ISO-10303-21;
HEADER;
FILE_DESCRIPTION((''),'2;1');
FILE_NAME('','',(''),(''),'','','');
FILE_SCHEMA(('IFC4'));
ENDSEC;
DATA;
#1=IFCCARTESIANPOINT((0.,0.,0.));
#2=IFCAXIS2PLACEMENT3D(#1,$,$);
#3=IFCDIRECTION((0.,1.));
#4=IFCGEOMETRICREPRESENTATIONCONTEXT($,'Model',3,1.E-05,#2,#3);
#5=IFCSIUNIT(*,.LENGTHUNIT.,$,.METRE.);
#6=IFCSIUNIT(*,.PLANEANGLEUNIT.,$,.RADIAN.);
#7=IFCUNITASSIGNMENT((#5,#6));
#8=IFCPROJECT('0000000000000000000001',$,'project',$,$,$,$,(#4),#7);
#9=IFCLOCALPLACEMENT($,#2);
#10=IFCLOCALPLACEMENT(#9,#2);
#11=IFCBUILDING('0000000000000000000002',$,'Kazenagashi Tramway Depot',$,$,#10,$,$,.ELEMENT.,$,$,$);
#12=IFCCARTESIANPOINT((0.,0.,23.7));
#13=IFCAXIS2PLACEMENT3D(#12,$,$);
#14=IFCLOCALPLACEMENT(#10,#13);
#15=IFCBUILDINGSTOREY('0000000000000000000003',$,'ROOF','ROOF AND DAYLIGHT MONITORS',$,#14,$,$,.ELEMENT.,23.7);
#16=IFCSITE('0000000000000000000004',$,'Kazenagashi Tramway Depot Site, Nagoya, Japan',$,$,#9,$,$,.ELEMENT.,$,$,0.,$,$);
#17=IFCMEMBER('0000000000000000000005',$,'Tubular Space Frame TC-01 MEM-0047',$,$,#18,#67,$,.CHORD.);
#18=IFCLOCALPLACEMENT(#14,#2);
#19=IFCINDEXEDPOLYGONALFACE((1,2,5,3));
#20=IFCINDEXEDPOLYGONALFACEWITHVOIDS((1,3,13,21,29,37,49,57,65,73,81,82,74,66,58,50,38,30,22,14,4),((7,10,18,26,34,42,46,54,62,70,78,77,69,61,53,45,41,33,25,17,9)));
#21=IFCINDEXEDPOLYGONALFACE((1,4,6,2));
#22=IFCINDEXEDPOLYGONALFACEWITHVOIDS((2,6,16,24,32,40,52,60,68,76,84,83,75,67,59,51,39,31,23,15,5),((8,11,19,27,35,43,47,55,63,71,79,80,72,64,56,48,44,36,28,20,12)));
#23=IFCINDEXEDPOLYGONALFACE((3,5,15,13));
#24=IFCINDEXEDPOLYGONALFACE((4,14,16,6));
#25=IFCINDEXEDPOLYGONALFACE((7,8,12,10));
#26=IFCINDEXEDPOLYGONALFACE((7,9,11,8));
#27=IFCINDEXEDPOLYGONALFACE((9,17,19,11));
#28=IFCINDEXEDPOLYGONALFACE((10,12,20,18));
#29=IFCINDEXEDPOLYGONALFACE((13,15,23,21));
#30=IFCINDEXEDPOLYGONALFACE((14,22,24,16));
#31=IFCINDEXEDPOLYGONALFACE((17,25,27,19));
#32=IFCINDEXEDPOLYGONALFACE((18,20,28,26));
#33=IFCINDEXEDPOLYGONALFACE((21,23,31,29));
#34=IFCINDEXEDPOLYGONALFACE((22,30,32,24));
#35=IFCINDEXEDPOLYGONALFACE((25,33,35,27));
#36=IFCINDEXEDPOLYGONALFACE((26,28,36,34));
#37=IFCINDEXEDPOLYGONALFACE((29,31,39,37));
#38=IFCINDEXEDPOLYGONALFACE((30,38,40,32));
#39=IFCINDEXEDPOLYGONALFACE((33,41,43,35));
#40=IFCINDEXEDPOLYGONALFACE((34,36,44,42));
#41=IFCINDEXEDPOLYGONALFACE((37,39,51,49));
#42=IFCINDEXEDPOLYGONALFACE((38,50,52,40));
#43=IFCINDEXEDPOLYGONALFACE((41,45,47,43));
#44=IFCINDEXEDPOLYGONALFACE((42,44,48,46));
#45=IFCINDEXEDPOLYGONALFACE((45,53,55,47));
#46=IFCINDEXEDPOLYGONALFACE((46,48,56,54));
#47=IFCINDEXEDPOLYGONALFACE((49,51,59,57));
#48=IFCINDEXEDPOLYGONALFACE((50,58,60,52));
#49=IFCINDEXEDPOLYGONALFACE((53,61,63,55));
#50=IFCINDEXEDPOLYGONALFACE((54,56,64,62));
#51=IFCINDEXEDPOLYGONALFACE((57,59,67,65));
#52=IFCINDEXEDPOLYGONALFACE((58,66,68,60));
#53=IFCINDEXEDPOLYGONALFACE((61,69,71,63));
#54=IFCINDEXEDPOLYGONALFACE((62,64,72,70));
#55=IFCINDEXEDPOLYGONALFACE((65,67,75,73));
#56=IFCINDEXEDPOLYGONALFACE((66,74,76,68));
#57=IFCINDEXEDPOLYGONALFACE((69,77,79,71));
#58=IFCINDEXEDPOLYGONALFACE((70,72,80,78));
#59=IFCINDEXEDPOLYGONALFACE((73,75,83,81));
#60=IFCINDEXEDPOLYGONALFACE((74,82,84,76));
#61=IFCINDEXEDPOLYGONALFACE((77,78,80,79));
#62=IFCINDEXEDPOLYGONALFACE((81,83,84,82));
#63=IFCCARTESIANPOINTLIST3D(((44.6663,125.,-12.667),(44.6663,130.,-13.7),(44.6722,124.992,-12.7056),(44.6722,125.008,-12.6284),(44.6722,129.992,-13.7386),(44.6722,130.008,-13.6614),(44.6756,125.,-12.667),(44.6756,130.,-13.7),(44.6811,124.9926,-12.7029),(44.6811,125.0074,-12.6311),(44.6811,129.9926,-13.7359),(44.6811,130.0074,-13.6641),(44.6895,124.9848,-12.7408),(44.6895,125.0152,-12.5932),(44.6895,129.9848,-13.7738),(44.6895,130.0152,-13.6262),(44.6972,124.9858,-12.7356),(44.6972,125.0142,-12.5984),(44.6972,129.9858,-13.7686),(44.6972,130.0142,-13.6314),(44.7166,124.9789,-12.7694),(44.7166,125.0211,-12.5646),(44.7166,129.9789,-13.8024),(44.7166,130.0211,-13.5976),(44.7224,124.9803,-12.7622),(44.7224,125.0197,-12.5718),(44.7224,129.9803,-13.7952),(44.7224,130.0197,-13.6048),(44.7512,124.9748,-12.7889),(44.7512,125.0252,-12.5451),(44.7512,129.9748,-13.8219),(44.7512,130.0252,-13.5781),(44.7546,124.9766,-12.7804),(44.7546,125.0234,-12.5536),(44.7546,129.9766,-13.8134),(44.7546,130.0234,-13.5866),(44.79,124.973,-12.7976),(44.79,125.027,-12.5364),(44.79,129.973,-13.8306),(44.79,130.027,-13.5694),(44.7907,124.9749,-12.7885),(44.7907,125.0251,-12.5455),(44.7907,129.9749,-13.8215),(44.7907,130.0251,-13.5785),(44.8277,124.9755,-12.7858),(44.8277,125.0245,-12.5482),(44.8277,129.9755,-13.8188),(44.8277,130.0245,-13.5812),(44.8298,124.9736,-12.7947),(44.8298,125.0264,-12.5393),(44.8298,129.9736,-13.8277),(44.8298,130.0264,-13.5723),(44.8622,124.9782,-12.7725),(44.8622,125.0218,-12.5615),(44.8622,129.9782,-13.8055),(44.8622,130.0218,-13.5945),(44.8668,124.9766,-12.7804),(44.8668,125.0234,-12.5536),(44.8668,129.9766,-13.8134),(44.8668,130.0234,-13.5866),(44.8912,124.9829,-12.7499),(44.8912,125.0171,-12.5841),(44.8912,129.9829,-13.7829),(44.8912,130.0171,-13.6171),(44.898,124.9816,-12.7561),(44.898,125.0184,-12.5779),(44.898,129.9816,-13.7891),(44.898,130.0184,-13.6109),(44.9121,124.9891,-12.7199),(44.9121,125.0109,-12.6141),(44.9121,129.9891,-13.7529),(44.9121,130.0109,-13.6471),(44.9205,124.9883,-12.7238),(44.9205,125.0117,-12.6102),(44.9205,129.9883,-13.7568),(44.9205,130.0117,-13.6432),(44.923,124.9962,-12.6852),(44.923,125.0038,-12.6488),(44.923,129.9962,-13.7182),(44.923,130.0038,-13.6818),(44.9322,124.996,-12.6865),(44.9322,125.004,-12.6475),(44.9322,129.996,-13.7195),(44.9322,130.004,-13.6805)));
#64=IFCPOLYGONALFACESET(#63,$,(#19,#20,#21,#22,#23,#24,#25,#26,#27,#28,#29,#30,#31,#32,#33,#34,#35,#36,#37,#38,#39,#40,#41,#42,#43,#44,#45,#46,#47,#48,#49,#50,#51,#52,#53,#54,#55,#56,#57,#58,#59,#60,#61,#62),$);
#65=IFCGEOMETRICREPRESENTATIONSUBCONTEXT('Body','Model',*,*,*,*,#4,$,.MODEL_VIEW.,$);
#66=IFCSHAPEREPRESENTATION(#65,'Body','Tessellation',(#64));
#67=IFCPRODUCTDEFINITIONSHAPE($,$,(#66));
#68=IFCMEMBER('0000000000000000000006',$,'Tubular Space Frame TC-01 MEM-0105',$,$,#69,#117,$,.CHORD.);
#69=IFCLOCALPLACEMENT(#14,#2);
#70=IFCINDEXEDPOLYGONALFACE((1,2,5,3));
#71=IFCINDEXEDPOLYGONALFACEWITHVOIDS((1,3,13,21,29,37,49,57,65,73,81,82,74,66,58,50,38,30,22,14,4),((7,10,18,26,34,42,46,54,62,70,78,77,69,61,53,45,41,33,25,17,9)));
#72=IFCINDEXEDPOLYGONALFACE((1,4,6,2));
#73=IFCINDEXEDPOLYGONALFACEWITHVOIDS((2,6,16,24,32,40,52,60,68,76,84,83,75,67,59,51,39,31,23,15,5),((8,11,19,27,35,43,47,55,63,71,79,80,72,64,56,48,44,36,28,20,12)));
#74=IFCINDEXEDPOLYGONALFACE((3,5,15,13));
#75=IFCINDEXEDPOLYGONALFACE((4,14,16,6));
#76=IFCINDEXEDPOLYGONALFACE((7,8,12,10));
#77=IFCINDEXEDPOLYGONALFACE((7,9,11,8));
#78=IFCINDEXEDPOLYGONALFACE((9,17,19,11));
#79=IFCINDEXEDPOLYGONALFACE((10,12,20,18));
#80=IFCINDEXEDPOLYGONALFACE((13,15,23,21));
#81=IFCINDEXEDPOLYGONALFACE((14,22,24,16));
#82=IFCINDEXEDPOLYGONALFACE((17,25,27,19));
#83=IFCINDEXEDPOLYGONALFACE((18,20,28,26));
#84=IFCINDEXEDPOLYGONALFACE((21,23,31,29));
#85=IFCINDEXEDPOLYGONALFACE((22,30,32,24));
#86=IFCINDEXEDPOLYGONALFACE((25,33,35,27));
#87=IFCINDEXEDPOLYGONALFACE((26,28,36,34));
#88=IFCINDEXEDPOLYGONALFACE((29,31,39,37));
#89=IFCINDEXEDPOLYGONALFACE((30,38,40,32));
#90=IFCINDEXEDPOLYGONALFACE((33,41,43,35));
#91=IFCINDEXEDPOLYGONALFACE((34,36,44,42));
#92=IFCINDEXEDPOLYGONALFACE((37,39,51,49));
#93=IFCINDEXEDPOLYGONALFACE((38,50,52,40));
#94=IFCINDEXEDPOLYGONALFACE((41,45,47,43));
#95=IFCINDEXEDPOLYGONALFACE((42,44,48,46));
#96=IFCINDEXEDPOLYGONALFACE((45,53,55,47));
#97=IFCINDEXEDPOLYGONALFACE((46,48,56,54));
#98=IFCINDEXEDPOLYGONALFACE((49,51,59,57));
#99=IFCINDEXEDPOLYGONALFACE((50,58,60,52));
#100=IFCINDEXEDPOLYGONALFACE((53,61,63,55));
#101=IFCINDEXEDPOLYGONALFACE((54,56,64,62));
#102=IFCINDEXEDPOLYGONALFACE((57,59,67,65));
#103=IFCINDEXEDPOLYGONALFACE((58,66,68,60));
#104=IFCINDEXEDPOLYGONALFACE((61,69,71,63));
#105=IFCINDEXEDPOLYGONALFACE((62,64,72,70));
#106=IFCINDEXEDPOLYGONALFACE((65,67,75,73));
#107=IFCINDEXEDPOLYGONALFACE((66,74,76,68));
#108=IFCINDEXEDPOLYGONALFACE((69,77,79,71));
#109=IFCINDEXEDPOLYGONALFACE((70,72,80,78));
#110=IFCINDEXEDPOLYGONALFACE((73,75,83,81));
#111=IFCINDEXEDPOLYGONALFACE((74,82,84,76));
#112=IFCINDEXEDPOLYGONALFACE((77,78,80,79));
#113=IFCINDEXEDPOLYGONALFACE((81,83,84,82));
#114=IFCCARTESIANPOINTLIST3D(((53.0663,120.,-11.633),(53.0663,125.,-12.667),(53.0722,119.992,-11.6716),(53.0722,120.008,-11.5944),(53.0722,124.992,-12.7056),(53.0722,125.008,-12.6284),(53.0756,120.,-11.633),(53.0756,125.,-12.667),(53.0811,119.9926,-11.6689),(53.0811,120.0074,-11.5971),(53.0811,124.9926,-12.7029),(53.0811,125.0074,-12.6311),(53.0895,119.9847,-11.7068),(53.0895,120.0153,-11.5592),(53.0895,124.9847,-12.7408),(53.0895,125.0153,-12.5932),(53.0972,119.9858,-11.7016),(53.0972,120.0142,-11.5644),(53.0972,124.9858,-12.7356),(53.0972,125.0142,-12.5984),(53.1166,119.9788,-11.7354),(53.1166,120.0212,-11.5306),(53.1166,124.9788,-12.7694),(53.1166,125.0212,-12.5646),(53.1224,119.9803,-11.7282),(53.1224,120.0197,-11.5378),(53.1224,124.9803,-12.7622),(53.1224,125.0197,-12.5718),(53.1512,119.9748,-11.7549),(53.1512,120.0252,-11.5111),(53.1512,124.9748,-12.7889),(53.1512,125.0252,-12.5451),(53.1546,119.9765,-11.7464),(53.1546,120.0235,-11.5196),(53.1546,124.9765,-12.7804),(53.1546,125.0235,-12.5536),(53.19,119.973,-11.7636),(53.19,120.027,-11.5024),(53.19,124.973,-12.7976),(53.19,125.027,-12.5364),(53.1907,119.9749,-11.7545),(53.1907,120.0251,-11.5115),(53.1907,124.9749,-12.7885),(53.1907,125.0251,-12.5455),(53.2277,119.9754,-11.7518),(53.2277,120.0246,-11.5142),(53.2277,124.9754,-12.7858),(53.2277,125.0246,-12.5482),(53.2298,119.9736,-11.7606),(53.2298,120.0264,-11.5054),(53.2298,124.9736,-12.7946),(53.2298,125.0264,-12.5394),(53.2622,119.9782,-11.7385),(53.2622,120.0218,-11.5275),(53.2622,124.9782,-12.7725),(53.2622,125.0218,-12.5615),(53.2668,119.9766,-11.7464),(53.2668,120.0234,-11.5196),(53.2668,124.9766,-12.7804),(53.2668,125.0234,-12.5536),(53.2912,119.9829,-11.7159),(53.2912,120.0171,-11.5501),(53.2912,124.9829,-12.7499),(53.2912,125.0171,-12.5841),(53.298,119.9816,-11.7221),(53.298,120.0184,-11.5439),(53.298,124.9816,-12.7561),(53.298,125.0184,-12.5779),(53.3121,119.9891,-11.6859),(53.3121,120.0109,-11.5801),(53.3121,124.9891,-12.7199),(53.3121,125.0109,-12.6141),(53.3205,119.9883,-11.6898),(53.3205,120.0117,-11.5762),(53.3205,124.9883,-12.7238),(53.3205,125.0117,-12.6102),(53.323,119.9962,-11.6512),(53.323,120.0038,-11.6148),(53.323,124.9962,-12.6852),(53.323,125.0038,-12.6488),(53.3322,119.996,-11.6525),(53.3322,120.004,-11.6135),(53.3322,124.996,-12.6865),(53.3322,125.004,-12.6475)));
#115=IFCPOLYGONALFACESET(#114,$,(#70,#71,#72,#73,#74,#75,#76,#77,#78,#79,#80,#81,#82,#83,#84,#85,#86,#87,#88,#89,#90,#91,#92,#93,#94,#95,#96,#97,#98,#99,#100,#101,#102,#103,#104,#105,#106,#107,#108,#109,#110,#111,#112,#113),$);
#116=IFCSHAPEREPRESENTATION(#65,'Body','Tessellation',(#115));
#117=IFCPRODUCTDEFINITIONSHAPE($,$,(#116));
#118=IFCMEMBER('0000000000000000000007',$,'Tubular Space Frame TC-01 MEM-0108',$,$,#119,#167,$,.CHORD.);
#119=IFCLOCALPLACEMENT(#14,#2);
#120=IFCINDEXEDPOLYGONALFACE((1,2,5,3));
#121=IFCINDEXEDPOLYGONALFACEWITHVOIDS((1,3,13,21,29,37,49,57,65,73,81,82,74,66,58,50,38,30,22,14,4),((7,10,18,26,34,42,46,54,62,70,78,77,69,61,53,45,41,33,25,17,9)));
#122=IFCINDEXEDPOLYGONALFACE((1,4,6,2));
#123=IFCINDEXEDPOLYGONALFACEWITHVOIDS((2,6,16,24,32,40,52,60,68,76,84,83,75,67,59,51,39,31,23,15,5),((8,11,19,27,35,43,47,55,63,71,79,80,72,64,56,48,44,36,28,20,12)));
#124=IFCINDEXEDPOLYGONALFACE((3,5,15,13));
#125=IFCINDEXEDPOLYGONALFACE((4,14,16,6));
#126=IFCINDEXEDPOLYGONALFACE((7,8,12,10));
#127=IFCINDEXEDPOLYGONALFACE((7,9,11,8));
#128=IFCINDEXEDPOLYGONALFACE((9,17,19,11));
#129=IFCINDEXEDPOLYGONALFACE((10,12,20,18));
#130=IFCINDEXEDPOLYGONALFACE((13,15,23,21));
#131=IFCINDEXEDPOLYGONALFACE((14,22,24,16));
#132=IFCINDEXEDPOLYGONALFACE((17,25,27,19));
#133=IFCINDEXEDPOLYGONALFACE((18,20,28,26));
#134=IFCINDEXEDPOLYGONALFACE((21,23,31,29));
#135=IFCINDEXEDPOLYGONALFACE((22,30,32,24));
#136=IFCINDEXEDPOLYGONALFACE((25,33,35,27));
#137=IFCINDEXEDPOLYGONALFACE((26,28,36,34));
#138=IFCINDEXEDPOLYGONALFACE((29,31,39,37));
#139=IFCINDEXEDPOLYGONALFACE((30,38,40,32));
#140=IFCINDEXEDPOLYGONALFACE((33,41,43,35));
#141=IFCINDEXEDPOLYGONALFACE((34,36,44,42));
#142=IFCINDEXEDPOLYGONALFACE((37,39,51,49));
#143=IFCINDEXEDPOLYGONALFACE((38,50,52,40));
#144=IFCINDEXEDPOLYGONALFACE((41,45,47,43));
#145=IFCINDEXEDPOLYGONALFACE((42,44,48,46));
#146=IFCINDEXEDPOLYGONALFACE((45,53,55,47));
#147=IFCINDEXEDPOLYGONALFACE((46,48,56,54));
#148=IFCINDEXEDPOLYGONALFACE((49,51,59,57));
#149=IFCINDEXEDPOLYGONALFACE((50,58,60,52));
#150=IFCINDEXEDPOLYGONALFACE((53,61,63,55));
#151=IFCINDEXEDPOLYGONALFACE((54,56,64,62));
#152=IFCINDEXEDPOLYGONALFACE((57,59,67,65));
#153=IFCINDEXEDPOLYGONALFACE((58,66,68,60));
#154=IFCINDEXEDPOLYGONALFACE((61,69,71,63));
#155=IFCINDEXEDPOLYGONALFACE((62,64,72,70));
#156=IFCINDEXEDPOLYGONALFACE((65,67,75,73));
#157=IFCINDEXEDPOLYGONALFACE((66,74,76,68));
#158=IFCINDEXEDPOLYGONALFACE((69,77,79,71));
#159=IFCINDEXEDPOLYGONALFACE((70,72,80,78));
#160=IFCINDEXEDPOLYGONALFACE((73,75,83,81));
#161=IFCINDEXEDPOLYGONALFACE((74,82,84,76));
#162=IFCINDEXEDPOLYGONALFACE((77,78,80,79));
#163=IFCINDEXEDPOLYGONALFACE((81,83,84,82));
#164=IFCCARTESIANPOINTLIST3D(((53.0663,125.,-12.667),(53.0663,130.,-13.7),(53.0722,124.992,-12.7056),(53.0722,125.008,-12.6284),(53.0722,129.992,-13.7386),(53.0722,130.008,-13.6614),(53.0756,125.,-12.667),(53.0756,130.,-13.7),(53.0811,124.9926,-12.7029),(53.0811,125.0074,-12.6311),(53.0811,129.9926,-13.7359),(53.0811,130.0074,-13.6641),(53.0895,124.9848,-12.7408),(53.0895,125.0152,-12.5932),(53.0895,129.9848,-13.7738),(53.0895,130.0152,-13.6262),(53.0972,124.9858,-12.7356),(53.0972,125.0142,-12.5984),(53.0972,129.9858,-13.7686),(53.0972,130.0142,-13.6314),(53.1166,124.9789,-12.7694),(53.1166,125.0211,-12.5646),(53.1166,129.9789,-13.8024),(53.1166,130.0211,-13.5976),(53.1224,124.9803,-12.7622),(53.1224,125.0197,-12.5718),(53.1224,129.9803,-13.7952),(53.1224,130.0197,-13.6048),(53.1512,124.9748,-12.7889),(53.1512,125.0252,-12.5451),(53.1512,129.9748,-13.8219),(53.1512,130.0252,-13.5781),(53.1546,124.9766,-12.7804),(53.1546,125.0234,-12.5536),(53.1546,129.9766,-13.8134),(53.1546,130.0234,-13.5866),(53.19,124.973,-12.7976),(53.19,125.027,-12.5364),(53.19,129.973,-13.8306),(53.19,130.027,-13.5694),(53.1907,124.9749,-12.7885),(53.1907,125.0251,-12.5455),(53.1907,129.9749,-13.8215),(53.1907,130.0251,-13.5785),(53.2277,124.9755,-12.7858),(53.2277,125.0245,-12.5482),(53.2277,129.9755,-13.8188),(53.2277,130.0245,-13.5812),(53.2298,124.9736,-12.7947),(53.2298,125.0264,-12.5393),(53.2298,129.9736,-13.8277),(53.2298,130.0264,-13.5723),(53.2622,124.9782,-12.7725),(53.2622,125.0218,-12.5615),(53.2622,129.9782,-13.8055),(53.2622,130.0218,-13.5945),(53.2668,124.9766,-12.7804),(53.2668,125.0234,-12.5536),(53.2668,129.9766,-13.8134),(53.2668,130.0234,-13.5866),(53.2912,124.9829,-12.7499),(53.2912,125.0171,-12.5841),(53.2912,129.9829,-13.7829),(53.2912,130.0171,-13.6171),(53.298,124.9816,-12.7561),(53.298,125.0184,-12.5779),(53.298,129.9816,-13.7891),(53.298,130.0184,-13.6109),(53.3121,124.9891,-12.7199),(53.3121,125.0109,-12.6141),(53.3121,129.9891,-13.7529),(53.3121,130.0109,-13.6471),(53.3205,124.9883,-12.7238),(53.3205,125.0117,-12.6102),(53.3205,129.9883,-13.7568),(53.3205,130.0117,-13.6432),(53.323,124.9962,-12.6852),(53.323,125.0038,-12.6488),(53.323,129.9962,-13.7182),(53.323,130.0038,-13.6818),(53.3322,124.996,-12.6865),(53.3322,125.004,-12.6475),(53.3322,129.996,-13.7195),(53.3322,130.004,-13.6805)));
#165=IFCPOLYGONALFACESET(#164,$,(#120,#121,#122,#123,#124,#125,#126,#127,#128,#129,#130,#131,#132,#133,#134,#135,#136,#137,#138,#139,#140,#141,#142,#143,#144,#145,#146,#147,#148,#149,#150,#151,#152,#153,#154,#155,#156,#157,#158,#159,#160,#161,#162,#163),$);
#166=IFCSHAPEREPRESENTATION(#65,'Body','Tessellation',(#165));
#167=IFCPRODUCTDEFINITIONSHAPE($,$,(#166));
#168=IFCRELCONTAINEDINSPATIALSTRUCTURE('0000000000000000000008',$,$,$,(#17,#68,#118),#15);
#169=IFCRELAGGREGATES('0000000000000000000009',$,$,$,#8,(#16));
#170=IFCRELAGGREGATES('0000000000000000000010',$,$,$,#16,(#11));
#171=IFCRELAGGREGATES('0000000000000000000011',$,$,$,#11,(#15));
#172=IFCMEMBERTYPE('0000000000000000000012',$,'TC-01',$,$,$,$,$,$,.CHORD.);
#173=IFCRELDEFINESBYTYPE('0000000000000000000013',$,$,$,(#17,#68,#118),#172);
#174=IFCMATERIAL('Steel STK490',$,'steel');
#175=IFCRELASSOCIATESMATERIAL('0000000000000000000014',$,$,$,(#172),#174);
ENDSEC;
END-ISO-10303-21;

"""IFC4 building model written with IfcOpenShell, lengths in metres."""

from ifc_helpers import new_model, si_unit, direction, frame, origin, origin_2d, place, context, subcontext, project, spatial, hollow_circle, extrude, material, material_profile, profile_set, type_object, element, save


model = new_model("IFC4")

# Units and contexts
model_context = context("Model", 3, precision=1e-05, world=origin(), true_north=direction((0.0, 1.0)))
body_context = subcontext(model_context, "Body", "Model", "MODEL_VIEW")
ifc_project = project(units=[si_unit("LENGTHUNIT", "METRE"), si_unit("PLANEANGLEUNIT", "RADIAN")], contexts=[model_context])

# Site, building, storey
site_placement = place(None, origin())
site = spatial("IfcSite", under=ifc_project, at=site_placement, Name="Kazenagashi Tramway Depot Site, Nagoya, Japan", CompositionType="ELEMENT", RefElevation=0.0)
building_placement = place(site_placement, origin())
building = spatial("IfcBuilding", under=site, at=building_placement, Name="Kazenagashi Tramway Depot", CompositionType="ELEMENT")
storey_placement = place(building_placement, frame((0.0, 0.0, 23.7)))
storey = spatial("IfcBuildingStorey", under=building, at=storey_placement, Name="ROOF", Description="ROOF AND DAYLIGHT MONITORS", CompositionType="ELEMENT", Elevation=23.7)

# Members
ifc_material_1 = material(Name="Steel STK490", Category="steel")
ifc_material_profile_1 = material_profile(ifc_material_1, hollow_circle(Radius=0.1337, WallThickness=0.0093, at=origin_2d()), Name="CHS-267.4x9.3")
ifc_profile_set_1 = profile_set([ifc_material_profile_1], Name="Steel STK490")
member_type_1 = type_object("IfcMemberType", Name="TC-01", PredefinedType="CHORD", material=ifc_profile_set_1)
member_1_placement = place(storey_placement, frame((44.8, 125.0, -12.667), z_axis=(0.0, 0.979318, -0.202327), x_axis=(-1.0, 0.0, 0.0)))
element("IfcMember", 1, at=member_1_placement, inside=storey, type_object=member_type_1, Name="Tubular Space Frame TC-01 MEM-0047", PredefinedType="CHORD", context=body_context, shape_type="SweptSolid", body=[
    extrude(hollow_circle(Radius=0.1337, WallThickness=0.0093, at=origin_2d()), origin(), (0.0, 0.0, 1.0), 5.1056),
])
member_2_placement = place(storey_placement, frame((53.2, 120.0, -11.633), z_axis=(0.0, 0.979279, -0.202515), x_axis=(-1.0, 0.0, 0.0)))
element("IfcMember", 2, at=member_2_placement, inside=storey, type_object=member_type_1, Name="Tubular Space Frame TC-01 MEM-0105", PredefinedType="CHORD", context=body_context, shape_type="SweptSolid", body=[
    extrude(hollow_circle(Radius=0.1337, WallThickness=0.0093, at=origin_2d()), origin(), (0.0, 0.0, 1.0), 5.1058),
])
member_3_placement = place(storey_placement, frame((53.2, 125.0, -12.667), z_axis=(0.0, 0.979318, -0.202327), x_axis=(-1.0, 0.0, 0.0)))
element("IfcMember", 3, at=member_3_placement, inside=storey, type_object=member_type_1, Name="Tubular Space Frame TC-01 MEM-0108", PredefinedType="CHORD", context=body_context, shape_type="SweptSolid", body=[
    extrude(hollow_circle(Radius=0.1337, WallThickness=0.0093, at=origin_2d()), origin(), (0.0, 0.0, 1.0), 5.1056),
])

save(model, "model.ifc")
